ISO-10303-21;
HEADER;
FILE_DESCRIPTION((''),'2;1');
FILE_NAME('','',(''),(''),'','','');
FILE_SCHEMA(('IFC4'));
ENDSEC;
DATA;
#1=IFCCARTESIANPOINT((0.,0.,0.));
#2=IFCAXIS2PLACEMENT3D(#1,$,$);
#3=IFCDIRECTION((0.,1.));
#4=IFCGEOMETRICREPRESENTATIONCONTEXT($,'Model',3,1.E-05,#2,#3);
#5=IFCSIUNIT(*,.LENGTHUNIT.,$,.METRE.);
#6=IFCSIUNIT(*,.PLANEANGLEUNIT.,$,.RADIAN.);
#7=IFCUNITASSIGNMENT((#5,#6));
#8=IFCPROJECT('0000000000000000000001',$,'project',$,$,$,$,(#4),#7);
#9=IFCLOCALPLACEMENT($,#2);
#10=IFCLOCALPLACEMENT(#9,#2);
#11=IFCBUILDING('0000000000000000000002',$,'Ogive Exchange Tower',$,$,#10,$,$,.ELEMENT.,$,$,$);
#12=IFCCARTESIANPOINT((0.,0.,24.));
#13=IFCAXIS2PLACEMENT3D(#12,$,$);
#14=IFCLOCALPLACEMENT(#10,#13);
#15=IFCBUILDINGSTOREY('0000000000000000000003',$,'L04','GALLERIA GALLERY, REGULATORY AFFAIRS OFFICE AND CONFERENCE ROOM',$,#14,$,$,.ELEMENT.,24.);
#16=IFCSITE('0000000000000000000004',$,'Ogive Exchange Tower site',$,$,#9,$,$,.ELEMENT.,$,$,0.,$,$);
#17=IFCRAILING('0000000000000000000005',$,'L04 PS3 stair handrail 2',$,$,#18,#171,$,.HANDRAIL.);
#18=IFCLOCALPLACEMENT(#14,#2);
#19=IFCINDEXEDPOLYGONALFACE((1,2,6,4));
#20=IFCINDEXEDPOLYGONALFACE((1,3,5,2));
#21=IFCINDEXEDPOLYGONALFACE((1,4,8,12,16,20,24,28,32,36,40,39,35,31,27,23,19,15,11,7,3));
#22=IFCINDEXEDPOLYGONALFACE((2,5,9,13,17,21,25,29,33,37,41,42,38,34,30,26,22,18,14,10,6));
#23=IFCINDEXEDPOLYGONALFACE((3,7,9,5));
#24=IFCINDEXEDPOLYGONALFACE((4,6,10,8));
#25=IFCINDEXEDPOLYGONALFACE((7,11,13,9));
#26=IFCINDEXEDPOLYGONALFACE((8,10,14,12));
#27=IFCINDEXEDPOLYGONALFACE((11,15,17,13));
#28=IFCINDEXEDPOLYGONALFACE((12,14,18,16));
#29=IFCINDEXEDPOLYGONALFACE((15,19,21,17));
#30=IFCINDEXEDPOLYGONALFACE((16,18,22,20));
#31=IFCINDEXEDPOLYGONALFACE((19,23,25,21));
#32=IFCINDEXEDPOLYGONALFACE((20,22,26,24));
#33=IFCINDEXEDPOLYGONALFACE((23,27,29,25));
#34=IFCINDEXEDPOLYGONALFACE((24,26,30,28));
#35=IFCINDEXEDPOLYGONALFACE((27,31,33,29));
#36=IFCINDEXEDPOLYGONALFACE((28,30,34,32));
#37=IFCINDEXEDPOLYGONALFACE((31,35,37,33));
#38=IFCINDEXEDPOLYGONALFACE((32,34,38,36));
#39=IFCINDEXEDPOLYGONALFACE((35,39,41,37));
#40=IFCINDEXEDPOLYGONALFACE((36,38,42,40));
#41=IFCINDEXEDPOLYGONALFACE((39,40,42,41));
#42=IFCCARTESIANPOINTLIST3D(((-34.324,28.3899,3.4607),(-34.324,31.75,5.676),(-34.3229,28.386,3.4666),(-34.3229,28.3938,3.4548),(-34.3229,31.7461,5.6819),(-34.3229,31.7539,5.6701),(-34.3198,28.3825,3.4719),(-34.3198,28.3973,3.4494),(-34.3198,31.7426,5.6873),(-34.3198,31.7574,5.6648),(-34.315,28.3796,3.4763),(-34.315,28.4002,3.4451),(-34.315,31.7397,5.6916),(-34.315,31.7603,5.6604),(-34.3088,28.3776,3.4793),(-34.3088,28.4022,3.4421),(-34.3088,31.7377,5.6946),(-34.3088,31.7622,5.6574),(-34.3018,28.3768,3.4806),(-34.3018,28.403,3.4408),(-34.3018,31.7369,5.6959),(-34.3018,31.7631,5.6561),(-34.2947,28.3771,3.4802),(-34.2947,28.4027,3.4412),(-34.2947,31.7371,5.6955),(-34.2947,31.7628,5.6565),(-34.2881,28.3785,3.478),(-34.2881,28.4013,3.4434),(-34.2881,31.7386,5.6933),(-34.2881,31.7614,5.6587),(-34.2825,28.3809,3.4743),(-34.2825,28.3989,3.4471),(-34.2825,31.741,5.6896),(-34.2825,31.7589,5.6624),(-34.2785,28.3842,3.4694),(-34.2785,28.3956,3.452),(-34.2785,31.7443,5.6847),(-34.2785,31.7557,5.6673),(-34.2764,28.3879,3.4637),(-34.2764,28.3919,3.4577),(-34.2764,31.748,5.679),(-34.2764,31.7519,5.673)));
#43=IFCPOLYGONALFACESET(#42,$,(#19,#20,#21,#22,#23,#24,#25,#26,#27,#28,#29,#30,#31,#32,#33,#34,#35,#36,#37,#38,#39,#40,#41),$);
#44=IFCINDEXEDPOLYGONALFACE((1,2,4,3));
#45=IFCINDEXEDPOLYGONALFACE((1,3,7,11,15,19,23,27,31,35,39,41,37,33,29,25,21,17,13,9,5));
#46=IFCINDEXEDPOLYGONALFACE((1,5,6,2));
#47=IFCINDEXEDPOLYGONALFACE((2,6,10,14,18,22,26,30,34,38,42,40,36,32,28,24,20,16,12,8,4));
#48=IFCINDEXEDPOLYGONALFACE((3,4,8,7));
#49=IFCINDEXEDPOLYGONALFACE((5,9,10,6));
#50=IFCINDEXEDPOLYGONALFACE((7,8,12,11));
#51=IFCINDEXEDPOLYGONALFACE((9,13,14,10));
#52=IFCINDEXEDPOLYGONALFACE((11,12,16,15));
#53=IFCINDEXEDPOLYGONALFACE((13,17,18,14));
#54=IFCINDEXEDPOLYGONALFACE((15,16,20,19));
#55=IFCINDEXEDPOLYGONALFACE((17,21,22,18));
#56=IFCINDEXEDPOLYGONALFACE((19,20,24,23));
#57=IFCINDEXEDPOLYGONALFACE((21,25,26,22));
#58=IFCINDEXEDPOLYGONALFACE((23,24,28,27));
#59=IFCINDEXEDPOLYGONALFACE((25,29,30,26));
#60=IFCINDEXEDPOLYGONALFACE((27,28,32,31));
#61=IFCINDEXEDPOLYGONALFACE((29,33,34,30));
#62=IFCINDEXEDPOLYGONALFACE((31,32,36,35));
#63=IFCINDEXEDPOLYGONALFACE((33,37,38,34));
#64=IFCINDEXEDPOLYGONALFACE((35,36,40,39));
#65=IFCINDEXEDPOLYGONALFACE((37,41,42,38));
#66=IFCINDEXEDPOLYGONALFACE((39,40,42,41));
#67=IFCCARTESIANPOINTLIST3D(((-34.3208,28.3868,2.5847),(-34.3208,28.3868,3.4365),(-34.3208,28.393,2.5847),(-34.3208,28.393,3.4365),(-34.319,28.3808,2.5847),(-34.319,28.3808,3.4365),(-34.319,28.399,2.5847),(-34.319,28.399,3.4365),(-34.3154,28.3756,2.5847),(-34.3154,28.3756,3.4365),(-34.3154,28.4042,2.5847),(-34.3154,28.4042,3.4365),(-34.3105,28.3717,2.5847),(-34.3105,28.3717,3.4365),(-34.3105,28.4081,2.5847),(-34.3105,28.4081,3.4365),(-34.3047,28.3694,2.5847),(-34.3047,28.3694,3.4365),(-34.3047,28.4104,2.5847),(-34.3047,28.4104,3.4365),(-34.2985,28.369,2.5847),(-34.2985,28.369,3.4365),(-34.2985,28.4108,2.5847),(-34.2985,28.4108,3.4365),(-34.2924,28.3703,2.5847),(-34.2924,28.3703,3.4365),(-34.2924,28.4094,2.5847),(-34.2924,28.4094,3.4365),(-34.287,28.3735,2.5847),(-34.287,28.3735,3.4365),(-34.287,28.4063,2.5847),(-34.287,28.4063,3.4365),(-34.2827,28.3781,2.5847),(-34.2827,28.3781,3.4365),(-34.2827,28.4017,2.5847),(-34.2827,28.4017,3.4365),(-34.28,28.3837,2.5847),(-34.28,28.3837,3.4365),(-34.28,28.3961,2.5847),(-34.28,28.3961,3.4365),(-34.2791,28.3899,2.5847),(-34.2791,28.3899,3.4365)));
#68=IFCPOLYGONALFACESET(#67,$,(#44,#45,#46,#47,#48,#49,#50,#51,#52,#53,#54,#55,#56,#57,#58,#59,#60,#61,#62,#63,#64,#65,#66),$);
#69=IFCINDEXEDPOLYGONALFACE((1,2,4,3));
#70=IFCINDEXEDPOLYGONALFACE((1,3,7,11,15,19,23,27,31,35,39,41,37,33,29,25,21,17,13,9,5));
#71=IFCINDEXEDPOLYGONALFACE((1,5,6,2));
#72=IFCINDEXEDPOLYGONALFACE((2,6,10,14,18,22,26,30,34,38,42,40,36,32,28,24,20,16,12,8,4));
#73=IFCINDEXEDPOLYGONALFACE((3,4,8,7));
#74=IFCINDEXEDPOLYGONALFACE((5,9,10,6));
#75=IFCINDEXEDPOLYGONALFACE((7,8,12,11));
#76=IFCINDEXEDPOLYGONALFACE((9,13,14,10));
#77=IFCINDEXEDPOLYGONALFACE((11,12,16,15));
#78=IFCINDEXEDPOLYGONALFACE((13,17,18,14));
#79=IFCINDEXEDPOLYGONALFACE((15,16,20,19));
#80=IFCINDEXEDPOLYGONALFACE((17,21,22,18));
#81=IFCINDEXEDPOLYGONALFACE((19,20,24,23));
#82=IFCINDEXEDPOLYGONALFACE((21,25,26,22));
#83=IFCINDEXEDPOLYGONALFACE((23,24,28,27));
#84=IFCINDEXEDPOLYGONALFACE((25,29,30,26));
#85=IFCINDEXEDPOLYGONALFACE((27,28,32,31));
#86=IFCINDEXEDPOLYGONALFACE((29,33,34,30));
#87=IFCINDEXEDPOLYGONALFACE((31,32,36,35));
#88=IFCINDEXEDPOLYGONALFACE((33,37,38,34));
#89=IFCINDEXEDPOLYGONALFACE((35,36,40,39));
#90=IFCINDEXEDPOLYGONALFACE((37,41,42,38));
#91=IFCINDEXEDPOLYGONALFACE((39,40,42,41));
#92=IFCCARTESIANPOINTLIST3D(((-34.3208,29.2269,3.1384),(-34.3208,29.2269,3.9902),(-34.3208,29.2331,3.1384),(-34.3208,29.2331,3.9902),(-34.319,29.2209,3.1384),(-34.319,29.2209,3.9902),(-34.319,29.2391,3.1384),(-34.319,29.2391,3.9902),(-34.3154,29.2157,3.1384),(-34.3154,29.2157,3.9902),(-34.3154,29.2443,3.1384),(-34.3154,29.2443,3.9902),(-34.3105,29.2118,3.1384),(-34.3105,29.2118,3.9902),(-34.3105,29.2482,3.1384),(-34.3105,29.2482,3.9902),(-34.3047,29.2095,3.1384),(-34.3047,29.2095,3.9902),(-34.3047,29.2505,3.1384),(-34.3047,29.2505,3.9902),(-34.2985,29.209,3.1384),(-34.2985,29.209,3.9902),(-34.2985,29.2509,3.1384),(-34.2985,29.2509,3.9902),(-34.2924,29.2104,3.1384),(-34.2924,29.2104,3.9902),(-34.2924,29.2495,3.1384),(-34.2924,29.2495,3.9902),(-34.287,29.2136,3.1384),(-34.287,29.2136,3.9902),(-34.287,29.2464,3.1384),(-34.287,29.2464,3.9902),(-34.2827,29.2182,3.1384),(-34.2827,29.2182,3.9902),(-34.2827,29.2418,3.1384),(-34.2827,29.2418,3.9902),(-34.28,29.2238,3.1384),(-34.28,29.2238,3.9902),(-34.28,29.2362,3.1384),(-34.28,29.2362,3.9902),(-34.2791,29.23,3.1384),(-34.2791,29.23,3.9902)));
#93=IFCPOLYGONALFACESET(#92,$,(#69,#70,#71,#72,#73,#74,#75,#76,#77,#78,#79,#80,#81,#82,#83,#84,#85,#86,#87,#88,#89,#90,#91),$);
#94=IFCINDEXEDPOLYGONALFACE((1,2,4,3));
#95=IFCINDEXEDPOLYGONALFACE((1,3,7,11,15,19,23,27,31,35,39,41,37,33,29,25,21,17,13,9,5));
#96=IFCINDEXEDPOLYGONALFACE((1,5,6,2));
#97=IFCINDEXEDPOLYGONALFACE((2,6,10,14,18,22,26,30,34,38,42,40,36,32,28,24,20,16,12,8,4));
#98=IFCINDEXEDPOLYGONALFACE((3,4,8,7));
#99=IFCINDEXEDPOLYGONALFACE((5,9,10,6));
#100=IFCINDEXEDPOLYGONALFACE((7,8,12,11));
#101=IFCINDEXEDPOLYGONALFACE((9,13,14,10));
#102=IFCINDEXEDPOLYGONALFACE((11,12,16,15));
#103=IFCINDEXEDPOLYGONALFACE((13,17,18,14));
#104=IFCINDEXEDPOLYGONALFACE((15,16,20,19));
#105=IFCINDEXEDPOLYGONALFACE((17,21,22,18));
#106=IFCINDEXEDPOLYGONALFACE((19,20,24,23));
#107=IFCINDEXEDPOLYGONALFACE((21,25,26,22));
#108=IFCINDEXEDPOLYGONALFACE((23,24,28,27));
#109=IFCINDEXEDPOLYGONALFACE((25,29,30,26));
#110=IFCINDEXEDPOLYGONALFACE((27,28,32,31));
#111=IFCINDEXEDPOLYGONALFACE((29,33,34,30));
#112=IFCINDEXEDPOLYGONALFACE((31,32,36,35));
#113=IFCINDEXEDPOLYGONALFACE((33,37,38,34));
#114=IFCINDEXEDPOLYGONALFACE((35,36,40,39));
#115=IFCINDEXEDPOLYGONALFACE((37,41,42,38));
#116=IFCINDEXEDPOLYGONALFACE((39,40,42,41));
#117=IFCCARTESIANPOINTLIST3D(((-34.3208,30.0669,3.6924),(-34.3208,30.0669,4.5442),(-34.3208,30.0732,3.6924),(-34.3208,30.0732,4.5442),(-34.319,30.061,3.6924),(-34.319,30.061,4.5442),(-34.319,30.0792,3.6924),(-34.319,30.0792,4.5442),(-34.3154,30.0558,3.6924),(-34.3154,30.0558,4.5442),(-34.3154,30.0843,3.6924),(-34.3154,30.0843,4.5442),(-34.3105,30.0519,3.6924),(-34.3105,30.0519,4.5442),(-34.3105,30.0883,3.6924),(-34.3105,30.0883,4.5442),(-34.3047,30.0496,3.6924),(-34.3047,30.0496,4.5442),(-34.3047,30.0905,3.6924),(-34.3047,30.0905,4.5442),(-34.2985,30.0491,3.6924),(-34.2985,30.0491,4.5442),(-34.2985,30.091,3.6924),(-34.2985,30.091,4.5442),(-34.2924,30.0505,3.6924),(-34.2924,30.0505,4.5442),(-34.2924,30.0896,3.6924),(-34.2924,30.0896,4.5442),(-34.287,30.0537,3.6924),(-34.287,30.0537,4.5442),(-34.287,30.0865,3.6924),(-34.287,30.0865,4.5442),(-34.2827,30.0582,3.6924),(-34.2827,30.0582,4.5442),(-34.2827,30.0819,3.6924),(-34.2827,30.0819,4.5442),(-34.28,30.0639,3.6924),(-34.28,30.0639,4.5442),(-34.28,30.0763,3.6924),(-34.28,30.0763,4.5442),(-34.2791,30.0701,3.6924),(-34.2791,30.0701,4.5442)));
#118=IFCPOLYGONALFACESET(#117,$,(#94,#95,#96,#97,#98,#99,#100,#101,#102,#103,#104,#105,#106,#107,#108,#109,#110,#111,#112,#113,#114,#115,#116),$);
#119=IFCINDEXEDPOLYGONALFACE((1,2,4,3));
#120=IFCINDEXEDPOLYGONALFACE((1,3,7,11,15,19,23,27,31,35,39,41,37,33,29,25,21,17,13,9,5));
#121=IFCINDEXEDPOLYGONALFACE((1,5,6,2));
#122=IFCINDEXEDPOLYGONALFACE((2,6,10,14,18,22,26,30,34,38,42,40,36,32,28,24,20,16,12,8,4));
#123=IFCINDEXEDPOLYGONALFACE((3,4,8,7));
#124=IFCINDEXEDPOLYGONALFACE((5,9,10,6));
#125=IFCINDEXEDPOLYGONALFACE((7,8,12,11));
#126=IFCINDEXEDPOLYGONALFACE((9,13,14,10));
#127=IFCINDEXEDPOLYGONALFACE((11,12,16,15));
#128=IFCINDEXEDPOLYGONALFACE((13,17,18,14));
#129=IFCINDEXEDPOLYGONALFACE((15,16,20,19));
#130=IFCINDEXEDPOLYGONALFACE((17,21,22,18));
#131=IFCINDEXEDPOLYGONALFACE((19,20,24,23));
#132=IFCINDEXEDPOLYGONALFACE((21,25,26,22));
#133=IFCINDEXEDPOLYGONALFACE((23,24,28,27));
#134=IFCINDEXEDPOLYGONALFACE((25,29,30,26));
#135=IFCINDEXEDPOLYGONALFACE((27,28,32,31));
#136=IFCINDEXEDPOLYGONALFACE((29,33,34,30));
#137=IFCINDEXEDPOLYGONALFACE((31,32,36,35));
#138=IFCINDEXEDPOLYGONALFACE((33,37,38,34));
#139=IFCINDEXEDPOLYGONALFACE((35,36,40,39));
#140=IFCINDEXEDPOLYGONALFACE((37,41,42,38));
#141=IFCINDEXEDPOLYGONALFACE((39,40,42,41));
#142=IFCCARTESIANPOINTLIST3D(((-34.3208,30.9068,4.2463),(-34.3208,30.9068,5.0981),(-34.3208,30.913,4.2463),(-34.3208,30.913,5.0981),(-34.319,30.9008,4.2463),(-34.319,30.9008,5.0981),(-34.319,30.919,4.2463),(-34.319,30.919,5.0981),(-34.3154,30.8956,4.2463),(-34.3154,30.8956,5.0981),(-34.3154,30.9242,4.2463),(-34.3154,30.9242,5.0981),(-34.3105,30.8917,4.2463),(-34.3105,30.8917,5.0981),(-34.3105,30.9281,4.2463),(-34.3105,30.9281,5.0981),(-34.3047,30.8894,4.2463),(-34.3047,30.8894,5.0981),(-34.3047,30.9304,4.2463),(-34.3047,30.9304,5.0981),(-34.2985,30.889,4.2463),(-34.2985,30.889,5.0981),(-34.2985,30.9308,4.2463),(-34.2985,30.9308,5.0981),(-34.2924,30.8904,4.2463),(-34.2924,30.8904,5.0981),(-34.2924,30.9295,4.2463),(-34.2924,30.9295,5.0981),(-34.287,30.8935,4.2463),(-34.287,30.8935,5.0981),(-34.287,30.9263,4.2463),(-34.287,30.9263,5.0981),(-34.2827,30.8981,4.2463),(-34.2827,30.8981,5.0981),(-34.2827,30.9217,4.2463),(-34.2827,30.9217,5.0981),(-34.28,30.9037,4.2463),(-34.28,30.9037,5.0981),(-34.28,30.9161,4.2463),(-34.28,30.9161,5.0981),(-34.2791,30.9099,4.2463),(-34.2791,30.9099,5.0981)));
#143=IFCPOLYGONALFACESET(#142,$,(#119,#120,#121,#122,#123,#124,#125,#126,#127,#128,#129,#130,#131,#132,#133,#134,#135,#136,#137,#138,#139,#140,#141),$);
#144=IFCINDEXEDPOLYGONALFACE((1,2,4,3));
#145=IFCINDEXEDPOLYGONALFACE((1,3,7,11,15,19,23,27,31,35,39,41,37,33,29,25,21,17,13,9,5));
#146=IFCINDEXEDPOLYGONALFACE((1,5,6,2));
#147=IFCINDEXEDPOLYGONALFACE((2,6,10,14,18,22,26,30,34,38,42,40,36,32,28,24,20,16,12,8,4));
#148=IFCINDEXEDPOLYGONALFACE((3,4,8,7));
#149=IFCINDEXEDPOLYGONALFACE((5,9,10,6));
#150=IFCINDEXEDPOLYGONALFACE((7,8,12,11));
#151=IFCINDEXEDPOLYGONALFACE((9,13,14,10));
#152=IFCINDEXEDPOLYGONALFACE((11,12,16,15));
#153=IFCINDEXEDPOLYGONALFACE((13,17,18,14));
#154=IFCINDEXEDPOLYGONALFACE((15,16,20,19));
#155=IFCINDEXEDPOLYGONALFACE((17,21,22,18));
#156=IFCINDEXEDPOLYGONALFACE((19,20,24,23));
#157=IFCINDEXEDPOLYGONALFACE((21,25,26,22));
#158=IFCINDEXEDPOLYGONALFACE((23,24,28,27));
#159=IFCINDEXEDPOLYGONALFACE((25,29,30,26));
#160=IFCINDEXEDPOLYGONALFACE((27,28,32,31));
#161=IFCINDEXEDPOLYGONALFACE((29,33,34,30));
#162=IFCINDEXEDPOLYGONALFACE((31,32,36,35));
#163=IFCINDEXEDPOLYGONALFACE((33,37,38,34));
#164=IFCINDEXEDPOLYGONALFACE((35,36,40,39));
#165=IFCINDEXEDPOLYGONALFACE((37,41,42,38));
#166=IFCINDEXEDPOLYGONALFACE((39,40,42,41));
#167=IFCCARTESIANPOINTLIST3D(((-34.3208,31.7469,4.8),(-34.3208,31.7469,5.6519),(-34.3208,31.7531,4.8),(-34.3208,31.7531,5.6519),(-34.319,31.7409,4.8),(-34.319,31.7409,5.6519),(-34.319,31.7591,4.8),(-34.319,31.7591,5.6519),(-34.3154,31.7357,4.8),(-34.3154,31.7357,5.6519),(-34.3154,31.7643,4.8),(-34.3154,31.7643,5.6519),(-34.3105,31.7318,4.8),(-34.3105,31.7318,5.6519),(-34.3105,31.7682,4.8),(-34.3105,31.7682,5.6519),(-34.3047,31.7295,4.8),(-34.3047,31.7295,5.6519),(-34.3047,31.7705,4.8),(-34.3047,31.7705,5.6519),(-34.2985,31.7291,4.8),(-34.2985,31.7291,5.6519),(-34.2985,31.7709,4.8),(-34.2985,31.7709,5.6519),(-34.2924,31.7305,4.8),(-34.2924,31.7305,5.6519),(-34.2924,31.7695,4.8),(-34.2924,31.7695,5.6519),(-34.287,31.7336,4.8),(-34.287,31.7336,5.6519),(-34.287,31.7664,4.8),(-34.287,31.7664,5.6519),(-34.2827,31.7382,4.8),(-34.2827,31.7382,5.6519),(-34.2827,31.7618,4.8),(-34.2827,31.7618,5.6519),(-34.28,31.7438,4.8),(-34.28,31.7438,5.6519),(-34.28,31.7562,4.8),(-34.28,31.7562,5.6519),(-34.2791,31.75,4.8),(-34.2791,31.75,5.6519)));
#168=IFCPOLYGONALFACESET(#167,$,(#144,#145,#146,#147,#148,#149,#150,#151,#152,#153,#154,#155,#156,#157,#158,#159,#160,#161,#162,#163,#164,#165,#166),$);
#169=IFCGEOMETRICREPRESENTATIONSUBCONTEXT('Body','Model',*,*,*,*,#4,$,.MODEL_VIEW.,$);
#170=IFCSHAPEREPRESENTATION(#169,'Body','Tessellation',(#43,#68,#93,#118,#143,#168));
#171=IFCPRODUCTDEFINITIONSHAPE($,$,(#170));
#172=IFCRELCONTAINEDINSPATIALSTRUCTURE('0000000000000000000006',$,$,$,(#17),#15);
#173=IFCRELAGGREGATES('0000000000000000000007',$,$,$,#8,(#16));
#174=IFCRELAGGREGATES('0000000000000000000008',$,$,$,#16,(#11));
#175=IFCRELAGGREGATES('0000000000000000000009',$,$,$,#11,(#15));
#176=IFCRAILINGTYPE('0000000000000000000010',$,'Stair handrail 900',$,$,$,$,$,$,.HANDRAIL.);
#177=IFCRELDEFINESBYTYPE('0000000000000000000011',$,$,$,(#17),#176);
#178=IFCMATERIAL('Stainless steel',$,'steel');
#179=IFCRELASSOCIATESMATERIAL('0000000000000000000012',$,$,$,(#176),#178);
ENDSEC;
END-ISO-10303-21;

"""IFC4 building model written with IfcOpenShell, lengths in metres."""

from ifc_helpers import new_model, si_unit, direction, frame, origin, origin_2d, place, context, subcontext, project, spatial, circle, extrude, material, type_object, element, save


model = new_model("IFC4")

# Units and contexts
model_context = context("Model", 3, precision=1e-05, world=origin(), true_north=direction((0.0, 1.0)))
body_context = subcontext(model_context, "Body", "Model", "MODEL_VIEW")
ifc_project = project(units=[si_unit("LENGTHUNIT", "METRE"), si_unit("PLANEANGLEUNIT", "RADIAN")], contexts=[model_context])

# Site, building, storey
site_placement = place(None, origin())
site = spatial("IfcSite", under=ifc_project, at=site_placement, Name="Ogive Exchange Tower site", CompositionType="ELEMENT", RefElevation=0.0)
building_placement = place(site_placement, origin())
building = spatial("IfcBuilding", under=site, at=building_placement, Name="Ogive Exchange Tower", CompositionType="ELEMENT")
storey_placement = place(building_placement, frame((0.0, 0.0, 24.0)))
storey = spatial("IfcBuildingStorey", under=building, at=storey_placement, Name="L04", Description="GALLERIA GALLERY, REGULATORY AFFAIRS OFFICE AND CONFERENCE ROOM", CompositionType="ELEMENT", Elevation=24.0)

# Railing
ifc_material_1 = material(Name="Stainless steel", Category="steel")
railing_type = type_object("IfcRailingType", Name="Stair handrail 900", PredefinedType="HANDRAIL", material=ifc_material_1)
railing_1_placement = place(storey_placement, frame((-34.3, 28.3899, 2.5847)))
element("IfcRailing", 1, at=railing_1_placement, inside=storey, type_object=railing_type, Name="L04 PS3 stair handrail 2", PredefinedType="HANDRAIL", context=body_context, shape_type="SweptSolid", body=[
    extrude(circle(Radius=0.0239, at=origin_2d()), frame((0.0, 0.0, 0.876), z_axis=(0.0, 0.834876, 0.550437), x_axis=(-1.0, 0.0, 0.0)), (0.0, 0.0, 1.0), 4.0247),
    extrude(circle(Radius=0.021, at=origin_2d()), origin(), (0.0, 0.0, 1.0), 0.8518),
    extrude(circle(Radius=0.021, at=origin_2d()), frame((0.0, 0.8401, 0.5537)), (0.0, 0.0, 1.0), 0.8518),
    extrude(circle(Radius=0.021, at=origin_2d()), frame((0.0, 1.6802, 1.1077)), (0.0, 0.0, 1.0), 0.8518),
    extrude(circle(Radius=0.021, at=origin_2d()), frame((0.0, 2.52, 1.6616)), (0.0, 0.0, 1.0), 0.8518),
    extrude(circle(Radius=0.021, at=origin_2d()), frame((0.0, 3.3601, 2.2153)), (0.0, 0.0, 1.0), 0.8518),
])

save(model, "model.ifc")
